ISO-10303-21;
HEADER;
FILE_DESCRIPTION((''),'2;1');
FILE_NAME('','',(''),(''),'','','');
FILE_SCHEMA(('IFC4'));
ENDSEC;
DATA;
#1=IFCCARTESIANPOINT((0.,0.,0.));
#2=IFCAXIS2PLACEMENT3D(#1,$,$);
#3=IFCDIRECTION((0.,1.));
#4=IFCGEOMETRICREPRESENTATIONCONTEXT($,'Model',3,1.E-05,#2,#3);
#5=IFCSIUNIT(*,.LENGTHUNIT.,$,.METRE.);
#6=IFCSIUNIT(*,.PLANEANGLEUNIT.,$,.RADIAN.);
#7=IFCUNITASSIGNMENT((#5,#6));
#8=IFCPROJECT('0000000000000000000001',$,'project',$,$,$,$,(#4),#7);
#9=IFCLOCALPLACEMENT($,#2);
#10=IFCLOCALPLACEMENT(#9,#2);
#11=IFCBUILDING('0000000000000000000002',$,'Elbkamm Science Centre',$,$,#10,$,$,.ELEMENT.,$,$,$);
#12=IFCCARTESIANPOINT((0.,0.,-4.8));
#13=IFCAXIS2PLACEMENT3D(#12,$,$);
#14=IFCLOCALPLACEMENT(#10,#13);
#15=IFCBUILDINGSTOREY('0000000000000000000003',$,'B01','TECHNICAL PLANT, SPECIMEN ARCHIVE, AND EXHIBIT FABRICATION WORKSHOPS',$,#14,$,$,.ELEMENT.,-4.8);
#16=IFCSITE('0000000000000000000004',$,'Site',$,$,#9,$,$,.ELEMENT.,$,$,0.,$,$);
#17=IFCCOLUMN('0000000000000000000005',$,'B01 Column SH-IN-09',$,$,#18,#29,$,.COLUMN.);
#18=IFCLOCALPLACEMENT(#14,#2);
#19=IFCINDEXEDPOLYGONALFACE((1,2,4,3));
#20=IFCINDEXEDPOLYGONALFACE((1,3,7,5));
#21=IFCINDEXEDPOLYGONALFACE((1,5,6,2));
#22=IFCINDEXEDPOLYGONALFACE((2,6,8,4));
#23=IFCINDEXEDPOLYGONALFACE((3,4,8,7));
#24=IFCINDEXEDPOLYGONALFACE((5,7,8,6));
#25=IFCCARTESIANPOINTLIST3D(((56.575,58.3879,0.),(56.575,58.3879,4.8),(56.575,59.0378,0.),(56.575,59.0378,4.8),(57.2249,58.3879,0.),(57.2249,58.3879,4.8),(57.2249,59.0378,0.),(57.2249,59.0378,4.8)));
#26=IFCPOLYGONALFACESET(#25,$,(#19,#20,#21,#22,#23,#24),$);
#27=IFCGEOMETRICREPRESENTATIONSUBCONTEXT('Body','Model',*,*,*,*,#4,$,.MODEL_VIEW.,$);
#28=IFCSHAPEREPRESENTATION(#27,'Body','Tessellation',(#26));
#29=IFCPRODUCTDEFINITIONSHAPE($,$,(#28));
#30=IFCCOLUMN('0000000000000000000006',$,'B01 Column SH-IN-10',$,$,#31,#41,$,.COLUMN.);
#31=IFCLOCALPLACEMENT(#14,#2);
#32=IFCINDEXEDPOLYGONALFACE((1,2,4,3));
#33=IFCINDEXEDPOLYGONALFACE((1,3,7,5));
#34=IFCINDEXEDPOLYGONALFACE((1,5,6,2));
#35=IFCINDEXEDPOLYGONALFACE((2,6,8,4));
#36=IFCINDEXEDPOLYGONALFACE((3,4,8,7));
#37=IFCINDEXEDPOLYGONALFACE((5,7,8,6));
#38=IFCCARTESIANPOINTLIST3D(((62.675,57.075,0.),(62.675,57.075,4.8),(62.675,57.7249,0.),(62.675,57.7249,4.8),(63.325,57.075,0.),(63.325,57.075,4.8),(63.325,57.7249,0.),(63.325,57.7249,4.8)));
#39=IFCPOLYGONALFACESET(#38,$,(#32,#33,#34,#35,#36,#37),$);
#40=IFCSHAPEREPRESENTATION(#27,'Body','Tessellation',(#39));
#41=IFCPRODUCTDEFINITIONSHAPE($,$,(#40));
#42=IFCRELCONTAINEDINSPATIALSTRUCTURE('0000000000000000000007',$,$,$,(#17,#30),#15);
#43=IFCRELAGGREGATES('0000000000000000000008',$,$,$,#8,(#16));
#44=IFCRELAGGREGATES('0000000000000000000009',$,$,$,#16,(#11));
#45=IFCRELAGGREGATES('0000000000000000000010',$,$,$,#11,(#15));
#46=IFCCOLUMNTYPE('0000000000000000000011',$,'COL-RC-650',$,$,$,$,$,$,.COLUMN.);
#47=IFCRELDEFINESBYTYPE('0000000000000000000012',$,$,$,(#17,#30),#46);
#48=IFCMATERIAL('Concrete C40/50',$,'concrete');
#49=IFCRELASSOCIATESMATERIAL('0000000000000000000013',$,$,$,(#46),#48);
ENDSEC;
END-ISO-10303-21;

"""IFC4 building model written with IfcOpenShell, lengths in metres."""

from ifc_helpers import new_model, si_unit, direction, frame, origin, origin_2d, place, context, subcontext, project, spatial, rectangle, extrude, material, material_profile, profile_set, type_object, element, save


model = new_model("IFC4")

# Units and contexts
model_context = context("Model", 3, precision=1e-05, world=origin(), true_north=direction((0.0, 1.0)))
body_context = subcontext(model_context, "Body", "Model", "MODEL_VIEW")
ifc_project = project(units=[si_unit("LENGTHUNIT", "METRE"), si_unit("PLANEANGLEUNIT", "RADIAN")], contexts=[model_context])

# Site, building, storey
site_placement = place(None, origin())
site = spatial("IfcSite", under=ifc_project, at=site_placement, Name="Site", CompositionType="ELEMENT", RefElevation=0.0)
building_placement = place(site_placement, origin())
building = spatial("IfcBuilding", under=site, at=building_placement, Name="Elbkamm Science Centre", CompositionType="ELEMENT")
storey_placement = place(building_placement, frame((0.0, 0.0, -4.8)))
storey = spatial("IfcBuildingStorey", under=building, at=storey_placement, Name="B01", Description="TECHNICAL PLANT, SPECIMEN ARCHIVE, AND EXHIBIT FABRICATION WORKSHOPS", CompositionType="ELEMENT", Elevation=-4.8)

# Columns
ifc_material_1 = material(Name="Concrete C40/50", Category="concrete")
ifc_material_profile_1 = material_profile(ifc_material_1, rectangle(XDim=0.6499, YDim=0.6499, at=origin_2d()), Name="RC 650x650")
ifc_profile_set_1 = profile_set([ifc_material_profile_1], Name="Concrete C40/50")
column_type_1 = type_object("IfcColumnType", Name="COL-RC-650", PredefinedType="COLUMN", material=ifc_profile_set_1)
for number, where, z_axis, x_axis, name in (
    (1, (56.8999, 58.7129, 0.0), (0.0, 0.0, 1.0), (1.0, 0.0, 0.0), "B01 Column SH-IN-09"),
    (2, (63.0, 57.3999, 0.0), (0.0, 0.0, 1.0), (1.0, 0.0, 0.0), "B01 Column SH-IN-10"),
):
    element("IfcColumn", number, at=place(storey_placement, frame(where, z_axis=z_axis, x_axis=x_axis)), inside=storey, type_object=column_type_1, Name=name, PredefinedType="COLUMN", context=body_context, shape_type="SweptSolid", body=[
        extrude(rectangle(XDim=0.6499, YDim=0.6499, at=origin_2d()), origin(), (0.0, 0.0, 1.0), 4.8),
    ])

save(model, "model.ifc")
